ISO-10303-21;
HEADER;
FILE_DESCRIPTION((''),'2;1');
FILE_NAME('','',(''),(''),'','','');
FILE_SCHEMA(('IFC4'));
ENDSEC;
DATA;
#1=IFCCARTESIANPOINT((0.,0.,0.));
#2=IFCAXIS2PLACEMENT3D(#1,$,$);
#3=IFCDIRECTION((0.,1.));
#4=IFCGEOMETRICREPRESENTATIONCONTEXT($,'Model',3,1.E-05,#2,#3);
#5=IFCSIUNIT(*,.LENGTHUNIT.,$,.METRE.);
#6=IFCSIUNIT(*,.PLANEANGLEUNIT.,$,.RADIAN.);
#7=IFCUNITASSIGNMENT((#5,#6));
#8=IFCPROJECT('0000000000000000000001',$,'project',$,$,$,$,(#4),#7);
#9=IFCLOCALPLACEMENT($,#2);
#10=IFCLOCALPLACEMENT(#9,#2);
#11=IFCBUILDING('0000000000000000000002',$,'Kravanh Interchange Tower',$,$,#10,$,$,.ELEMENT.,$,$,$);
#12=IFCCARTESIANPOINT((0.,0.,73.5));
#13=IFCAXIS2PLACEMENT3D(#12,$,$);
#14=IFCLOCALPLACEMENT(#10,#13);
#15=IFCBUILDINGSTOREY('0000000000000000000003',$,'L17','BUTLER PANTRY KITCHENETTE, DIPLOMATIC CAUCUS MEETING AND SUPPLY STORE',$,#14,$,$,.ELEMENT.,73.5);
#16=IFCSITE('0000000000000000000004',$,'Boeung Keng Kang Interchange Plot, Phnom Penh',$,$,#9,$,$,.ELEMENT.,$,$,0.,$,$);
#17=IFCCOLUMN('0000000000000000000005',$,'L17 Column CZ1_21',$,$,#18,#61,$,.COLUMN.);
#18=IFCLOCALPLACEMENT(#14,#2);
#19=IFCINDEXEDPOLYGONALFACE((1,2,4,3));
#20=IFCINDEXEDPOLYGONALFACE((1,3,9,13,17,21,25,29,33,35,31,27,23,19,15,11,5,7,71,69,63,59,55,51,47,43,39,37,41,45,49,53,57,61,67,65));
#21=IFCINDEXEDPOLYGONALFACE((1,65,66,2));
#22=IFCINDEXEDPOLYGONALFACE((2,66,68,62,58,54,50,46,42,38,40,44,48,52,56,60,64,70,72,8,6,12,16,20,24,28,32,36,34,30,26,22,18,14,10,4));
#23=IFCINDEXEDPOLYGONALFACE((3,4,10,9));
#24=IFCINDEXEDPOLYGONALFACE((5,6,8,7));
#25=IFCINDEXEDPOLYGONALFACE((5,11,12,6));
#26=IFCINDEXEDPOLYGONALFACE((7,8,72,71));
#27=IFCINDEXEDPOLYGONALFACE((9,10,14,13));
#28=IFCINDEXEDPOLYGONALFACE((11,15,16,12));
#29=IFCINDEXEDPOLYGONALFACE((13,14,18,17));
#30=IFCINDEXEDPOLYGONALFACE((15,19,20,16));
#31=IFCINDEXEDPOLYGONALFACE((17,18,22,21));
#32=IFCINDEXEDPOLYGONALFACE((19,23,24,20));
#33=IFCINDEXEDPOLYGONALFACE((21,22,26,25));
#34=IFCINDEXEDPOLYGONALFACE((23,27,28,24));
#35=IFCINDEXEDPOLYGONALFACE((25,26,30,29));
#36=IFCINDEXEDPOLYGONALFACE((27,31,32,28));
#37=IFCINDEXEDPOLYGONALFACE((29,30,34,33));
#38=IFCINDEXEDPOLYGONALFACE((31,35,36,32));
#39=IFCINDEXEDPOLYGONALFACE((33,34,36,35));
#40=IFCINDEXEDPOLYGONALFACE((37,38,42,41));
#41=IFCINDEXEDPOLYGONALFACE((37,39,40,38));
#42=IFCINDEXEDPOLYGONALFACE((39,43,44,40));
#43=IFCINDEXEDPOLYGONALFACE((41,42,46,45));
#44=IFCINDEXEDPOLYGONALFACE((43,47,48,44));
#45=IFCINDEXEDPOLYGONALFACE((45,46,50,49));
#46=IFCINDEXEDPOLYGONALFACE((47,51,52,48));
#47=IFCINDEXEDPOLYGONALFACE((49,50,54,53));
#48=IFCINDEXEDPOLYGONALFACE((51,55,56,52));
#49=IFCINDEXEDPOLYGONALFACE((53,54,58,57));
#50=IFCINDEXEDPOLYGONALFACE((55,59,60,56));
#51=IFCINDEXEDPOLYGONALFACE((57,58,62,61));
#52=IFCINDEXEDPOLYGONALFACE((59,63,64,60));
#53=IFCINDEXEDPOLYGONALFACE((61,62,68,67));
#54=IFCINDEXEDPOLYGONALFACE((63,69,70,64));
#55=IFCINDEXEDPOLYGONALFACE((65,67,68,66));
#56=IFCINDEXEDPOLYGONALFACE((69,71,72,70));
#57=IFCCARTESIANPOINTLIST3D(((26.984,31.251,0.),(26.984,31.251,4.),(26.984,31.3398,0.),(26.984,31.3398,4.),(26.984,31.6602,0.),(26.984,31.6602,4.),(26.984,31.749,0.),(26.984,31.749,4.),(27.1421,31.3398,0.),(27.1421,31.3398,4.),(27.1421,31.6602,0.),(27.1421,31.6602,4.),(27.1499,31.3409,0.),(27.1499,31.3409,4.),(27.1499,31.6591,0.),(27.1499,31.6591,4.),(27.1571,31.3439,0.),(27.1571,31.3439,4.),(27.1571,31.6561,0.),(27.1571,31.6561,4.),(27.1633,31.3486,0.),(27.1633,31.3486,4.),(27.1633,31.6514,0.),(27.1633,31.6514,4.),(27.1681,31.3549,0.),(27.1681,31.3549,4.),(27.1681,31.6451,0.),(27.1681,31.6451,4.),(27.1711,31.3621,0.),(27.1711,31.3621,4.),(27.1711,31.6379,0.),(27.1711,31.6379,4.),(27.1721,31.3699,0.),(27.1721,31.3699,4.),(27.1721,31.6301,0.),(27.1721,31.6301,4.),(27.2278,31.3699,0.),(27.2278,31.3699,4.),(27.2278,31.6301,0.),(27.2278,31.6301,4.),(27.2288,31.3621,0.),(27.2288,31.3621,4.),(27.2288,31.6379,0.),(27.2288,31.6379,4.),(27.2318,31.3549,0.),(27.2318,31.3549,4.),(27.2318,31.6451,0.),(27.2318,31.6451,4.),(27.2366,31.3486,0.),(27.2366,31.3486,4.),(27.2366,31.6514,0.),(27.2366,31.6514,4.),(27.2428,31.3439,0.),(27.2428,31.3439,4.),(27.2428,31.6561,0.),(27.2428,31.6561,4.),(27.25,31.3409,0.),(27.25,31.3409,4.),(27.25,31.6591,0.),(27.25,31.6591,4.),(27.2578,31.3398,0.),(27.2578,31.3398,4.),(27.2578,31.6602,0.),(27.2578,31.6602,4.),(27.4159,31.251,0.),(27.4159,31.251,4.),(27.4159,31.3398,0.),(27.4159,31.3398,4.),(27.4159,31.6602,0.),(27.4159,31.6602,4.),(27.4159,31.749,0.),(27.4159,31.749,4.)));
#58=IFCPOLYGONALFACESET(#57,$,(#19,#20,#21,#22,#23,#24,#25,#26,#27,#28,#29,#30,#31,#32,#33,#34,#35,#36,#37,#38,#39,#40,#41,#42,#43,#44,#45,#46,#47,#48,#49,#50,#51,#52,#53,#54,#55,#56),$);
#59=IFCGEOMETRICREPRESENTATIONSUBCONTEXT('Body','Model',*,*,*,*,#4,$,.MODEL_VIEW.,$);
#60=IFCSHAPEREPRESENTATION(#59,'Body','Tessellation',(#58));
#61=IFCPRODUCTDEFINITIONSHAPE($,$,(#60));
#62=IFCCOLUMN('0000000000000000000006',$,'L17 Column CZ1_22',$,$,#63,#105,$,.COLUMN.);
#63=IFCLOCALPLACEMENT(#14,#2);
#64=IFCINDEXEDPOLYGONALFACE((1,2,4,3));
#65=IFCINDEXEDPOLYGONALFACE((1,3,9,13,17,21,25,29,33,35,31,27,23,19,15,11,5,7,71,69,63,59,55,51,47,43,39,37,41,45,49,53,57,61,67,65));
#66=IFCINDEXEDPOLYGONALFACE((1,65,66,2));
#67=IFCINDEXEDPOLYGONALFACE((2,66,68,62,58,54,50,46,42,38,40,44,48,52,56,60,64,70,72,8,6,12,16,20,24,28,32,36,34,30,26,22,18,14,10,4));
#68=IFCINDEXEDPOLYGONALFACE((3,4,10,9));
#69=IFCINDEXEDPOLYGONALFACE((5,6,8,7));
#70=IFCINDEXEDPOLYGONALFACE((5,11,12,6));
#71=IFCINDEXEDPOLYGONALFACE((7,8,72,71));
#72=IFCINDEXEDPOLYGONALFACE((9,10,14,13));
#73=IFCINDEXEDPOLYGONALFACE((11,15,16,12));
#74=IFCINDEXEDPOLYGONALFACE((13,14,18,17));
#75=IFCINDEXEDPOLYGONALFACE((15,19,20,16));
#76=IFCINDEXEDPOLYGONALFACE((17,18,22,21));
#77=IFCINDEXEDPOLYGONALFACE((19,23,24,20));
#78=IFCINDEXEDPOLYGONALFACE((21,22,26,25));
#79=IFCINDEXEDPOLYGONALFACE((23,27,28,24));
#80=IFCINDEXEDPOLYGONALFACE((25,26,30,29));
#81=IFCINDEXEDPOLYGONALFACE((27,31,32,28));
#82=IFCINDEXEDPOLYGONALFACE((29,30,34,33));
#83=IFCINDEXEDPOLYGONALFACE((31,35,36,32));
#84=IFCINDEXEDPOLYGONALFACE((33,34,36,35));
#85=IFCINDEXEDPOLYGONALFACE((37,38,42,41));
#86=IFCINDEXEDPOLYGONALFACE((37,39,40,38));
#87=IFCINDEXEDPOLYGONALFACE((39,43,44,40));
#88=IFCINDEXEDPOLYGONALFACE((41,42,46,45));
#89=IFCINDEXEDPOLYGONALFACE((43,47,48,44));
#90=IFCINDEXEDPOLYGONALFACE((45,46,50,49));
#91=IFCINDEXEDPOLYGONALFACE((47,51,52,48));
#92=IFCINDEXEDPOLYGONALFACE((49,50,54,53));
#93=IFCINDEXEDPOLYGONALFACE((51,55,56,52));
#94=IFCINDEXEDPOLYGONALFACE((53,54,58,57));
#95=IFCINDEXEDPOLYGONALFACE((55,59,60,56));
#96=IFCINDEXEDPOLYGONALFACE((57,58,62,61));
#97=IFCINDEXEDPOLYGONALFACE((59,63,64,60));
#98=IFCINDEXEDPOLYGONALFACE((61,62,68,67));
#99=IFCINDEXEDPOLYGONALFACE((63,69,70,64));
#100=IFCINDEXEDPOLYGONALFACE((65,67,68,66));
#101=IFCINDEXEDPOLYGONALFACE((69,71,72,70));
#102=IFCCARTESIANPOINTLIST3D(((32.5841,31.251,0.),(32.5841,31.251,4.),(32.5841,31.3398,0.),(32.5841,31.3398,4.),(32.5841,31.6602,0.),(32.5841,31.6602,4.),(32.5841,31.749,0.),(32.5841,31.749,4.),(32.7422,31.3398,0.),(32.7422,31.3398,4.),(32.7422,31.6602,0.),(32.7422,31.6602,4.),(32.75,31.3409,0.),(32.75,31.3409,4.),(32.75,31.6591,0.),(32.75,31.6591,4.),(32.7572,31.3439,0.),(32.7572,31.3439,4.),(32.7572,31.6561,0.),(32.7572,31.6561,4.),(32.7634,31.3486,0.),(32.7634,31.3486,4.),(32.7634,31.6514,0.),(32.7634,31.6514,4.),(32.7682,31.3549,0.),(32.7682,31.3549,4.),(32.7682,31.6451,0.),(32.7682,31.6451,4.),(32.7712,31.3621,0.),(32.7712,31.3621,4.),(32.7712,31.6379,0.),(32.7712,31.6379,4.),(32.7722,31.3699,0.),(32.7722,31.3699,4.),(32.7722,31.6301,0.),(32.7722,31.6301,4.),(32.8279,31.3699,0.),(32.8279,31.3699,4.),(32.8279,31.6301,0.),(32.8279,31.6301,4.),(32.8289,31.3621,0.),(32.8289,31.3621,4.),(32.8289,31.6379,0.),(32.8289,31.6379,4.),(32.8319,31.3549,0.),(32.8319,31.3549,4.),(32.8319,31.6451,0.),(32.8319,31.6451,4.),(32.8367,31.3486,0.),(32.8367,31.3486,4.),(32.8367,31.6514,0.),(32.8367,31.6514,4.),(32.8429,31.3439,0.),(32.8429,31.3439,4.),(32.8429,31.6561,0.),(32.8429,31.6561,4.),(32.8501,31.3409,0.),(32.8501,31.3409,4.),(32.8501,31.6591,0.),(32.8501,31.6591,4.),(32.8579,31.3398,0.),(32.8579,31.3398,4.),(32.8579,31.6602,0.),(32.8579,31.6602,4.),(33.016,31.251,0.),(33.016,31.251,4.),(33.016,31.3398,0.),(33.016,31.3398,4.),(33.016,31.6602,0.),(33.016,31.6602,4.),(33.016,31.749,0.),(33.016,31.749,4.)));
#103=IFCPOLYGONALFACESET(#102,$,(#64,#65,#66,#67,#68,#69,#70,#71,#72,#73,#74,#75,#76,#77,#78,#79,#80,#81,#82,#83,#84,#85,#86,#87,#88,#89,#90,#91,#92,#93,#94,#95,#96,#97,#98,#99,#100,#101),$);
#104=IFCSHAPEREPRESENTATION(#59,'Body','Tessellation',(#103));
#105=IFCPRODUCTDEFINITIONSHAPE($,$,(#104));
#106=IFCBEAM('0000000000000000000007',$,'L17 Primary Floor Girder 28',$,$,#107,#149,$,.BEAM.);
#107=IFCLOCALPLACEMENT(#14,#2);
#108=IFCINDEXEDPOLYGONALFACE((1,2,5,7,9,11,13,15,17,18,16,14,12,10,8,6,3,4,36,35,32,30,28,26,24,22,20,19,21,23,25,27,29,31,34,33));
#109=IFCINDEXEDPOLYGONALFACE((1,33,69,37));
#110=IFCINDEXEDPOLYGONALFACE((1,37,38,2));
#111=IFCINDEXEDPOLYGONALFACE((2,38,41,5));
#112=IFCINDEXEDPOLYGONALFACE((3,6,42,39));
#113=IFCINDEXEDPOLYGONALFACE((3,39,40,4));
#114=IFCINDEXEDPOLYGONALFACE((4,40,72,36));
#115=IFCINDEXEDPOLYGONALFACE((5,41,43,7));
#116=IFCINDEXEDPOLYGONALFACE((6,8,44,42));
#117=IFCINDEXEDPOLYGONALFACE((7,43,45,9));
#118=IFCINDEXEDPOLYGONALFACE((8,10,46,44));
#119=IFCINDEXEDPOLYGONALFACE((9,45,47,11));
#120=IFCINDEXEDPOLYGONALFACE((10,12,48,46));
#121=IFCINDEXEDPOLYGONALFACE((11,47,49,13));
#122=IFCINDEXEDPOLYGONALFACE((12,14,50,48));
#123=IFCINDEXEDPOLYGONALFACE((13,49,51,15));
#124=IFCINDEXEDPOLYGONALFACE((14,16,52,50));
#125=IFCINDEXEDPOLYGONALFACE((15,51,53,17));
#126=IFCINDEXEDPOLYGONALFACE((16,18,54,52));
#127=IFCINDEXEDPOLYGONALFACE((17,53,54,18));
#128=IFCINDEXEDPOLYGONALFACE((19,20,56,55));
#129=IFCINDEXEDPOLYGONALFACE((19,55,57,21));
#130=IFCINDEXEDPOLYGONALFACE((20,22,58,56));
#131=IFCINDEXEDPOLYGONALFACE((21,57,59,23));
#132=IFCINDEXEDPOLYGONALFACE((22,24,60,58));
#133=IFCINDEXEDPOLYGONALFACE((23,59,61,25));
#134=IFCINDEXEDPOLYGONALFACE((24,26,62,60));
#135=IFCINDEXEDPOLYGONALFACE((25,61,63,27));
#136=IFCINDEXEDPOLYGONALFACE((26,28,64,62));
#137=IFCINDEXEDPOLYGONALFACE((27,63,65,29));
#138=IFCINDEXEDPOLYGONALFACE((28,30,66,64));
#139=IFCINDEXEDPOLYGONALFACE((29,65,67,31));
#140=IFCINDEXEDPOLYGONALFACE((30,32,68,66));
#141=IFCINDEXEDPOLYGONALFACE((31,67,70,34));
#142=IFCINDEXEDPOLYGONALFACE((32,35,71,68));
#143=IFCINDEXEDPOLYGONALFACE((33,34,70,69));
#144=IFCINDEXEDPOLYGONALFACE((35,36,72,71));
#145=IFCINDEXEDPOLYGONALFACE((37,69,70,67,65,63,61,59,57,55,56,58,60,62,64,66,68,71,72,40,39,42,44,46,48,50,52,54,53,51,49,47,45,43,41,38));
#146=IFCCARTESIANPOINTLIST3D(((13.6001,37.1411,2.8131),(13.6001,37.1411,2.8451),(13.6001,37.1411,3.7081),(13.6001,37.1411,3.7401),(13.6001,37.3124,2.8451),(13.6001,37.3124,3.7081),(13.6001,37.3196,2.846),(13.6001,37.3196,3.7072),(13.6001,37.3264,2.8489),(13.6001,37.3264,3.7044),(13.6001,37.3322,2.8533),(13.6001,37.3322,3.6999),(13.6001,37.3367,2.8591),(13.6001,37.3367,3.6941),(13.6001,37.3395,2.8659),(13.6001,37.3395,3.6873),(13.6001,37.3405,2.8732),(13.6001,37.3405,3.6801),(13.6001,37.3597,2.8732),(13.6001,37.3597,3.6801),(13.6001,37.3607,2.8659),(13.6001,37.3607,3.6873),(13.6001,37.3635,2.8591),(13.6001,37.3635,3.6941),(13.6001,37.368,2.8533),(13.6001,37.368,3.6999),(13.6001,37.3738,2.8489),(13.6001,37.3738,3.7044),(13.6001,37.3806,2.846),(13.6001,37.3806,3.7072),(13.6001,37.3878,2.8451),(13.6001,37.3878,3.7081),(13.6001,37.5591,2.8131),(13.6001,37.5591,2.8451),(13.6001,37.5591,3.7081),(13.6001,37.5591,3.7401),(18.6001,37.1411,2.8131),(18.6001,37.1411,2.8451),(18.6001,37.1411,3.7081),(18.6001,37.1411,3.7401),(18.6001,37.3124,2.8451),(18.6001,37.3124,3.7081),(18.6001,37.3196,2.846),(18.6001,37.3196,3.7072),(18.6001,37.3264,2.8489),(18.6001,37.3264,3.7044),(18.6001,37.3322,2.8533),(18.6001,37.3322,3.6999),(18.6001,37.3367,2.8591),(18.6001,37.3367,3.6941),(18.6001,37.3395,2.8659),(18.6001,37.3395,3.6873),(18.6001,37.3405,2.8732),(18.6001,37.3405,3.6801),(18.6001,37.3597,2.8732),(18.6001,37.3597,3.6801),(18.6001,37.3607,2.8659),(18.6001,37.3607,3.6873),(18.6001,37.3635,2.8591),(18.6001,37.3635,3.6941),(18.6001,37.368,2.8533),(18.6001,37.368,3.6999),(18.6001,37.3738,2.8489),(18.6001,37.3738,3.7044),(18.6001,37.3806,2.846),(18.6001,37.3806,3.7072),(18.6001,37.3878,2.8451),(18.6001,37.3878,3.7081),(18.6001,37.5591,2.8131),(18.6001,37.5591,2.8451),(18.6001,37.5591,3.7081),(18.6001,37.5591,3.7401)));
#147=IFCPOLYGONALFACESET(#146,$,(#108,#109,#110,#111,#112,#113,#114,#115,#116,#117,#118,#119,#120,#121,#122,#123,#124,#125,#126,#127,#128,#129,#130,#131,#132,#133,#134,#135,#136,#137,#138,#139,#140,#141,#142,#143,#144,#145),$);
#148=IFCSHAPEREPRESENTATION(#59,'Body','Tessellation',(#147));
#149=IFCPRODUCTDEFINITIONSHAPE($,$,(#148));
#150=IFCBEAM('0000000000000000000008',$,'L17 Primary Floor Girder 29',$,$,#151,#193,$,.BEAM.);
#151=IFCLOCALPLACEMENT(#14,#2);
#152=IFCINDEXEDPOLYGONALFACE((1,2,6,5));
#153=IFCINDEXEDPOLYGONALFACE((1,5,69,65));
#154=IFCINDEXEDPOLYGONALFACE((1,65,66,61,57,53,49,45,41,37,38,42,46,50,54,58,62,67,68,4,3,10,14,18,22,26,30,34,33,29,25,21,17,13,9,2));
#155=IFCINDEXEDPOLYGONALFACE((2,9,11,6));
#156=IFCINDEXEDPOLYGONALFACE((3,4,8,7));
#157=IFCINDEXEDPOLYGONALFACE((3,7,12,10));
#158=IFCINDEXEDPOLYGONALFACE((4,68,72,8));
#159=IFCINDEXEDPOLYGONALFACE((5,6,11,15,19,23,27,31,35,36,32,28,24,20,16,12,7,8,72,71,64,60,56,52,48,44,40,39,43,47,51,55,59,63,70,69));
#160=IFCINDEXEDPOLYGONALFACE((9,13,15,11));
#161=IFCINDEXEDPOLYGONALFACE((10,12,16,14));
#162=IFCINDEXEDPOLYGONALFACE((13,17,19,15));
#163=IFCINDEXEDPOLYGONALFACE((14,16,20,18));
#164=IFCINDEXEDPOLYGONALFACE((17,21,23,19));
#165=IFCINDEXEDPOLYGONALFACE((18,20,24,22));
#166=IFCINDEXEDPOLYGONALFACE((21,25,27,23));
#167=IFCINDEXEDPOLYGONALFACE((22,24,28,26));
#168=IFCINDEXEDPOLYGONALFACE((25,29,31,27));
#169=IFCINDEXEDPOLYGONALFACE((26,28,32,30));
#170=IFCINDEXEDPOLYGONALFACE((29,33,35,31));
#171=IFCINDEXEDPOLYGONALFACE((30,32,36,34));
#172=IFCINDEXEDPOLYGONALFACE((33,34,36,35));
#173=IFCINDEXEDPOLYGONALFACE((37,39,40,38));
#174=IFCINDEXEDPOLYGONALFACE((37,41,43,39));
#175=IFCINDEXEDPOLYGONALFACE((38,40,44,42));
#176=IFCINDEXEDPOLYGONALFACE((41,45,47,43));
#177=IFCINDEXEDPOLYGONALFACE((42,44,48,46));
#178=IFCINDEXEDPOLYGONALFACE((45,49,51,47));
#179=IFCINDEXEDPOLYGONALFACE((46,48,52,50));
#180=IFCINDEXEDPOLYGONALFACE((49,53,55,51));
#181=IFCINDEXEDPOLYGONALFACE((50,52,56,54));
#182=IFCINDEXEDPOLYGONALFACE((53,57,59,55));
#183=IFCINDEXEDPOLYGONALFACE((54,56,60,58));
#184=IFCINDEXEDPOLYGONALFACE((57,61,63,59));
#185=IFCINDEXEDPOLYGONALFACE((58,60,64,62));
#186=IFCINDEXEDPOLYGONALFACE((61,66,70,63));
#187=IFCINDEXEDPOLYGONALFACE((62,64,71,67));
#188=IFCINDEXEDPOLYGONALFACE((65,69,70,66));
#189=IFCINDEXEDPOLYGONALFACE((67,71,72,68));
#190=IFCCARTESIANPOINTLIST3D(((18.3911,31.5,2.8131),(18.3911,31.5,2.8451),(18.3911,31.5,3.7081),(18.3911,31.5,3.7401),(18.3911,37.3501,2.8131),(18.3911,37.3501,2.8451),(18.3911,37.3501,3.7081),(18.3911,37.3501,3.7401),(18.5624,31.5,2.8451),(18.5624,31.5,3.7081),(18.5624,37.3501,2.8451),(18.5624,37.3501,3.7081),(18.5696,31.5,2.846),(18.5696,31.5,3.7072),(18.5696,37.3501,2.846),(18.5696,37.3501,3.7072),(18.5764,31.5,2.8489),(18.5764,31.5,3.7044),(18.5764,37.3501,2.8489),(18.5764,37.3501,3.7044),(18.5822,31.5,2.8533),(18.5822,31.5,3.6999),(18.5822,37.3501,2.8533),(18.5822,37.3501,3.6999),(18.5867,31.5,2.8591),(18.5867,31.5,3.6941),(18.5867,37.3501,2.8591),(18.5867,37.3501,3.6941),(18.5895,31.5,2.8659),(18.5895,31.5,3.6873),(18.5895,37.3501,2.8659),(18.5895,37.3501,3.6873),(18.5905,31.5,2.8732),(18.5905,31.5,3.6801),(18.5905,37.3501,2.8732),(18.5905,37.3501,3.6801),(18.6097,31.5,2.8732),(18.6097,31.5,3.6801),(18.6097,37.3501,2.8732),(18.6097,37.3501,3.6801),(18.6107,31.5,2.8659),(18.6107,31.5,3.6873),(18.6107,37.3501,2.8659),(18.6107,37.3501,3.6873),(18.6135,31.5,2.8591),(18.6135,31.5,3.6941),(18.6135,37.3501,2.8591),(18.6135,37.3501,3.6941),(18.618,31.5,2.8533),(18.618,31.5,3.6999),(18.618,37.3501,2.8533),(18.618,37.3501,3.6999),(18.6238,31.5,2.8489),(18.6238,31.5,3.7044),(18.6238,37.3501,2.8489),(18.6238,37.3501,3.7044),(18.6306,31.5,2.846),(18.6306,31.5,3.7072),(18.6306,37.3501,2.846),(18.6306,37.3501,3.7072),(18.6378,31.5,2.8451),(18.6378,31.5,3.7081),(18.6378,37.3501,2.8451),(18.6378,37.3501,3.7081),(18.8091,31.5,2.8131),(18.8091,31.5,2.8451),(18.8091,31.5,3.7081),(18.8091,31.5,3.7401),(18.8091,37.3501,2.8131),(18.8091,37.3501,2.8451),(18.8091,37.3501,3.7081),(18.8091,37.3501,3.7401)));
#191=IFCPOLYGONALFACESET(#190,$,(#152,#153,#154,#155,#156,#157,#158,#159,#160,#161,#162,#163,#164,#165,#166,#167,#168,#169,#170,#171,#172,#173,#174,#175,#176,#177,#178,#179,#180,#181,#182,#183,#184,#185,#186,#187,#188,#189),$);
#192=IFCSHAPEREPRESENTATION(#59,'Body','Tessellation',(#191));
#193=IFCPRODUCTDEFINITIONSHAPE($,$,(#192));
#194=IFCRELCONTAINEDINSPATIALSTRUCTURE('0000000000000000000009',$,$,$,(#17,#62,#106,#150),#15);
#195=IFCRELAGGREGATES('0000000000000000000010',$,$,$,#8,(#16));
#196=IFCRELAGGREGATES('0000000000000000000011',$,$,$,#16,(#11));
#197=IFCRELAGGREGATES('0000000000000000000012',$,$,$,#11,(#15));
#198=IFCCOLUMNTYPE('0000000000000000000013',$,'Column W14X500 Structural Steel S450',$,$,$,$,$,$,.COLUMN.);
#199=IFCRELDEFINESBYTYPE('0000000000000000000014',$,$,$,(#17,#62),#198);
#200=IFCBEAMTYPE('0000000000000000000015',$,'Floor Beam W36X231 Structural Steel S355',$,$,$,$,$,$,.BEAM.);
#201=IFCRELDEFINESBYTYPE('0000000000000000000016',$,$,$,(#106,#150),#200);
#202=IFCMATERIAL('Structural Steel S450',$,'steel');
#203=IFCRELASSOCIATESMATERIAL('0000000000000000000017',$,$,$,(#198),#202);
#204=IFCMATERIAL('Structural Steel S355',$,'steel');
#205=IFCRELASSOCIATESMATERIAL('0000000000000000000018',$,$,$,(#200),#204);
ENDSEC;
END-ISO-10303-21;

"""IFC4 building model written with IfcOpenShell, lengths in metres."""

from ifc_helpers import new_model, si_unit, direction, frame, origin, origin_2d, place, context, subcontext, project, spatial, i_section, extrude, material, material_profile, profile_set, type_object, element, save


model = new_model("IFC4")

# Units and contexts
model_context = context("Model", 3, precision=1e-05, world=origin(), true_north=direction((0.0, 1.0)))
body_context = subcontext(model_context, "Body", "Model", "MODEL_VIEW")
ifc_project = project(units=[si_unit("LENGTHUNIT", "METRE"), si_unit("PLANEANGLEUNIT", "RADIAN")], contexts=[model_context])

# Site, building, storey
site_placement = place(None, origin())
site = spatial("IfcSite", under=ifc_project, at=site_placement, Name="Boeung Keng Kang Interchange Plot, Phnom Penh", CompositionType="ELEMENT", RefElevation=0.0)
building_placement = place(site_placement, origin())
building = spatial("IfcBuilding", under=site, at=building_placement, Name="Kravanh Interchange Tower", CompositionType="ELEMENT")
storey_placement = place(building_placement, frame((0.0, 0.0, 73.5)))
storey = spatial("IfcBuildingStorey", under=building, at=storey_placement, Name="L17", Description="BUTLER PANTRY KITCHENETTE, DIPLOMATIC CAUCUS MEETING AND SUPPLY STORE", CompositionType="ELEMENT", Elevation=73.5)

# Columns
ifc_material_1 = material(Name="Structural Steel S450", Category="steel")
ifc_material_profile_1 = material_profile(ifc_material_1, i_section(OverallWidth=0.4319, OverallDepth=0.498, WebThickness=0.0557, FlangeThickness=0.0889, FilletRadius=0.03, at=origin_2d()), Name="W14X500")
ifc_profile_set_1 = profile_set([ifc_material_profile_1], Name="Structural Steel S450")
column_type_1 = type_object("IfcColumnType", Name="Column W14X500 Structural Steel S450", PredefinedType="COLUMN", material=ifc_profile_set_1)
for number, where, z_axis, x_axis, name in (
    (1, (27.2, 31.5, 0.0), (0.0, 0.0, 1.0), (1.0, 0.0, 0.0), "L17 Column CZ1_21"),
    (2, (32.8, 31.5, 0.0), (0.0, 0.0, 1.0), (1.0, 0.0, 0.0), "L17 Column CZ1_22"),
):
    element("IfcColumn", number, at=place(storey_placement, frame(where, z_axis=z_axis, x_axis=x_axis)), inside=storey, type_object=column_type_1, Name=name, PredefinedType="COLUMN", context=body_context, shape_type="SweptSolid", body=[
        extrude(i_section(OverallWidth=0.4319, OverallDepth=0.498, WebThickness=0.0557, FlangeThickness=0.0889, FilletRadius=0.03, at=origin_2d()), origin(), (0.0, 0.0, 1.0), 4.0),
    ])

# Beams
ifc_material_2 = material(Name="Structural Steel S355", Category="steel")
ifc_material_profile_2 = material_profile(ifc_material_2, i_section(OverallWidth=0.418, OverallDepth=0.927, WebThickness=0.0193, FlangeThickness=0.032, FilletRadius=0.0281, at=origin_2d()), Name="W36X231")
ifc_profile_set_2 = profile_set([ifc_material_profile_2], Name="Structural Steel S355")
beam_type_1 = type_object("IfcBeamType", Name="Floor Beam W36X231 Structural Steel S355", PredefinedType="BEAM", material=ifc_profile_set_2)
beam_1_placement = place(storey_placement, frame((18.6001, 37.3501, 3.2766), z_axis=(-1.0, 0.0, 0.0), x_axis=(0.0, -1.0, 0.0)))
element("IfcBeam", 3, at=beam_1_placement, inside=storey, type_object=beam_type_1, Name="L17 Primary Floor Girder 28", PredefinedType="BEAM", context=body_context, shape_type="SweptSolid", body=[
    extrude(i_section(OverallWidth=0.418, OverallDepth=0.927, WebThickness=0.0193, FlangeThickness=0.032, FilletRadius=0.0281, at=origin_2d()), origin(), (0.0, 0.0, 1.0), 5.0),
])
beam_2_placement = place(storey_placement, frame((18.6001, 37.3501, 3.2766), z_axis=(0.0, -1.0, 0.0), x_axis=(1.0, 0.0, 0.0)))
element("IfcBeam", 4, at=beam_2_placement, inside=storey, type_object=beam_type_1, Name="L17 Primary Floor Girder 29", PredefinedType="BEAM", context=body_context, shape_type="SweptSolid", body=[
    extrude(i_section(OverallWidth=0.418, OverallDepth=0.927, WebThickness=0.0193, FlangeThickness=0.032, FilletRadius=0.0281, at=origin_2d()), origin(), (0.0, 0.0, 1.0), 5.8501),
])

save(model, "model.ifc")
